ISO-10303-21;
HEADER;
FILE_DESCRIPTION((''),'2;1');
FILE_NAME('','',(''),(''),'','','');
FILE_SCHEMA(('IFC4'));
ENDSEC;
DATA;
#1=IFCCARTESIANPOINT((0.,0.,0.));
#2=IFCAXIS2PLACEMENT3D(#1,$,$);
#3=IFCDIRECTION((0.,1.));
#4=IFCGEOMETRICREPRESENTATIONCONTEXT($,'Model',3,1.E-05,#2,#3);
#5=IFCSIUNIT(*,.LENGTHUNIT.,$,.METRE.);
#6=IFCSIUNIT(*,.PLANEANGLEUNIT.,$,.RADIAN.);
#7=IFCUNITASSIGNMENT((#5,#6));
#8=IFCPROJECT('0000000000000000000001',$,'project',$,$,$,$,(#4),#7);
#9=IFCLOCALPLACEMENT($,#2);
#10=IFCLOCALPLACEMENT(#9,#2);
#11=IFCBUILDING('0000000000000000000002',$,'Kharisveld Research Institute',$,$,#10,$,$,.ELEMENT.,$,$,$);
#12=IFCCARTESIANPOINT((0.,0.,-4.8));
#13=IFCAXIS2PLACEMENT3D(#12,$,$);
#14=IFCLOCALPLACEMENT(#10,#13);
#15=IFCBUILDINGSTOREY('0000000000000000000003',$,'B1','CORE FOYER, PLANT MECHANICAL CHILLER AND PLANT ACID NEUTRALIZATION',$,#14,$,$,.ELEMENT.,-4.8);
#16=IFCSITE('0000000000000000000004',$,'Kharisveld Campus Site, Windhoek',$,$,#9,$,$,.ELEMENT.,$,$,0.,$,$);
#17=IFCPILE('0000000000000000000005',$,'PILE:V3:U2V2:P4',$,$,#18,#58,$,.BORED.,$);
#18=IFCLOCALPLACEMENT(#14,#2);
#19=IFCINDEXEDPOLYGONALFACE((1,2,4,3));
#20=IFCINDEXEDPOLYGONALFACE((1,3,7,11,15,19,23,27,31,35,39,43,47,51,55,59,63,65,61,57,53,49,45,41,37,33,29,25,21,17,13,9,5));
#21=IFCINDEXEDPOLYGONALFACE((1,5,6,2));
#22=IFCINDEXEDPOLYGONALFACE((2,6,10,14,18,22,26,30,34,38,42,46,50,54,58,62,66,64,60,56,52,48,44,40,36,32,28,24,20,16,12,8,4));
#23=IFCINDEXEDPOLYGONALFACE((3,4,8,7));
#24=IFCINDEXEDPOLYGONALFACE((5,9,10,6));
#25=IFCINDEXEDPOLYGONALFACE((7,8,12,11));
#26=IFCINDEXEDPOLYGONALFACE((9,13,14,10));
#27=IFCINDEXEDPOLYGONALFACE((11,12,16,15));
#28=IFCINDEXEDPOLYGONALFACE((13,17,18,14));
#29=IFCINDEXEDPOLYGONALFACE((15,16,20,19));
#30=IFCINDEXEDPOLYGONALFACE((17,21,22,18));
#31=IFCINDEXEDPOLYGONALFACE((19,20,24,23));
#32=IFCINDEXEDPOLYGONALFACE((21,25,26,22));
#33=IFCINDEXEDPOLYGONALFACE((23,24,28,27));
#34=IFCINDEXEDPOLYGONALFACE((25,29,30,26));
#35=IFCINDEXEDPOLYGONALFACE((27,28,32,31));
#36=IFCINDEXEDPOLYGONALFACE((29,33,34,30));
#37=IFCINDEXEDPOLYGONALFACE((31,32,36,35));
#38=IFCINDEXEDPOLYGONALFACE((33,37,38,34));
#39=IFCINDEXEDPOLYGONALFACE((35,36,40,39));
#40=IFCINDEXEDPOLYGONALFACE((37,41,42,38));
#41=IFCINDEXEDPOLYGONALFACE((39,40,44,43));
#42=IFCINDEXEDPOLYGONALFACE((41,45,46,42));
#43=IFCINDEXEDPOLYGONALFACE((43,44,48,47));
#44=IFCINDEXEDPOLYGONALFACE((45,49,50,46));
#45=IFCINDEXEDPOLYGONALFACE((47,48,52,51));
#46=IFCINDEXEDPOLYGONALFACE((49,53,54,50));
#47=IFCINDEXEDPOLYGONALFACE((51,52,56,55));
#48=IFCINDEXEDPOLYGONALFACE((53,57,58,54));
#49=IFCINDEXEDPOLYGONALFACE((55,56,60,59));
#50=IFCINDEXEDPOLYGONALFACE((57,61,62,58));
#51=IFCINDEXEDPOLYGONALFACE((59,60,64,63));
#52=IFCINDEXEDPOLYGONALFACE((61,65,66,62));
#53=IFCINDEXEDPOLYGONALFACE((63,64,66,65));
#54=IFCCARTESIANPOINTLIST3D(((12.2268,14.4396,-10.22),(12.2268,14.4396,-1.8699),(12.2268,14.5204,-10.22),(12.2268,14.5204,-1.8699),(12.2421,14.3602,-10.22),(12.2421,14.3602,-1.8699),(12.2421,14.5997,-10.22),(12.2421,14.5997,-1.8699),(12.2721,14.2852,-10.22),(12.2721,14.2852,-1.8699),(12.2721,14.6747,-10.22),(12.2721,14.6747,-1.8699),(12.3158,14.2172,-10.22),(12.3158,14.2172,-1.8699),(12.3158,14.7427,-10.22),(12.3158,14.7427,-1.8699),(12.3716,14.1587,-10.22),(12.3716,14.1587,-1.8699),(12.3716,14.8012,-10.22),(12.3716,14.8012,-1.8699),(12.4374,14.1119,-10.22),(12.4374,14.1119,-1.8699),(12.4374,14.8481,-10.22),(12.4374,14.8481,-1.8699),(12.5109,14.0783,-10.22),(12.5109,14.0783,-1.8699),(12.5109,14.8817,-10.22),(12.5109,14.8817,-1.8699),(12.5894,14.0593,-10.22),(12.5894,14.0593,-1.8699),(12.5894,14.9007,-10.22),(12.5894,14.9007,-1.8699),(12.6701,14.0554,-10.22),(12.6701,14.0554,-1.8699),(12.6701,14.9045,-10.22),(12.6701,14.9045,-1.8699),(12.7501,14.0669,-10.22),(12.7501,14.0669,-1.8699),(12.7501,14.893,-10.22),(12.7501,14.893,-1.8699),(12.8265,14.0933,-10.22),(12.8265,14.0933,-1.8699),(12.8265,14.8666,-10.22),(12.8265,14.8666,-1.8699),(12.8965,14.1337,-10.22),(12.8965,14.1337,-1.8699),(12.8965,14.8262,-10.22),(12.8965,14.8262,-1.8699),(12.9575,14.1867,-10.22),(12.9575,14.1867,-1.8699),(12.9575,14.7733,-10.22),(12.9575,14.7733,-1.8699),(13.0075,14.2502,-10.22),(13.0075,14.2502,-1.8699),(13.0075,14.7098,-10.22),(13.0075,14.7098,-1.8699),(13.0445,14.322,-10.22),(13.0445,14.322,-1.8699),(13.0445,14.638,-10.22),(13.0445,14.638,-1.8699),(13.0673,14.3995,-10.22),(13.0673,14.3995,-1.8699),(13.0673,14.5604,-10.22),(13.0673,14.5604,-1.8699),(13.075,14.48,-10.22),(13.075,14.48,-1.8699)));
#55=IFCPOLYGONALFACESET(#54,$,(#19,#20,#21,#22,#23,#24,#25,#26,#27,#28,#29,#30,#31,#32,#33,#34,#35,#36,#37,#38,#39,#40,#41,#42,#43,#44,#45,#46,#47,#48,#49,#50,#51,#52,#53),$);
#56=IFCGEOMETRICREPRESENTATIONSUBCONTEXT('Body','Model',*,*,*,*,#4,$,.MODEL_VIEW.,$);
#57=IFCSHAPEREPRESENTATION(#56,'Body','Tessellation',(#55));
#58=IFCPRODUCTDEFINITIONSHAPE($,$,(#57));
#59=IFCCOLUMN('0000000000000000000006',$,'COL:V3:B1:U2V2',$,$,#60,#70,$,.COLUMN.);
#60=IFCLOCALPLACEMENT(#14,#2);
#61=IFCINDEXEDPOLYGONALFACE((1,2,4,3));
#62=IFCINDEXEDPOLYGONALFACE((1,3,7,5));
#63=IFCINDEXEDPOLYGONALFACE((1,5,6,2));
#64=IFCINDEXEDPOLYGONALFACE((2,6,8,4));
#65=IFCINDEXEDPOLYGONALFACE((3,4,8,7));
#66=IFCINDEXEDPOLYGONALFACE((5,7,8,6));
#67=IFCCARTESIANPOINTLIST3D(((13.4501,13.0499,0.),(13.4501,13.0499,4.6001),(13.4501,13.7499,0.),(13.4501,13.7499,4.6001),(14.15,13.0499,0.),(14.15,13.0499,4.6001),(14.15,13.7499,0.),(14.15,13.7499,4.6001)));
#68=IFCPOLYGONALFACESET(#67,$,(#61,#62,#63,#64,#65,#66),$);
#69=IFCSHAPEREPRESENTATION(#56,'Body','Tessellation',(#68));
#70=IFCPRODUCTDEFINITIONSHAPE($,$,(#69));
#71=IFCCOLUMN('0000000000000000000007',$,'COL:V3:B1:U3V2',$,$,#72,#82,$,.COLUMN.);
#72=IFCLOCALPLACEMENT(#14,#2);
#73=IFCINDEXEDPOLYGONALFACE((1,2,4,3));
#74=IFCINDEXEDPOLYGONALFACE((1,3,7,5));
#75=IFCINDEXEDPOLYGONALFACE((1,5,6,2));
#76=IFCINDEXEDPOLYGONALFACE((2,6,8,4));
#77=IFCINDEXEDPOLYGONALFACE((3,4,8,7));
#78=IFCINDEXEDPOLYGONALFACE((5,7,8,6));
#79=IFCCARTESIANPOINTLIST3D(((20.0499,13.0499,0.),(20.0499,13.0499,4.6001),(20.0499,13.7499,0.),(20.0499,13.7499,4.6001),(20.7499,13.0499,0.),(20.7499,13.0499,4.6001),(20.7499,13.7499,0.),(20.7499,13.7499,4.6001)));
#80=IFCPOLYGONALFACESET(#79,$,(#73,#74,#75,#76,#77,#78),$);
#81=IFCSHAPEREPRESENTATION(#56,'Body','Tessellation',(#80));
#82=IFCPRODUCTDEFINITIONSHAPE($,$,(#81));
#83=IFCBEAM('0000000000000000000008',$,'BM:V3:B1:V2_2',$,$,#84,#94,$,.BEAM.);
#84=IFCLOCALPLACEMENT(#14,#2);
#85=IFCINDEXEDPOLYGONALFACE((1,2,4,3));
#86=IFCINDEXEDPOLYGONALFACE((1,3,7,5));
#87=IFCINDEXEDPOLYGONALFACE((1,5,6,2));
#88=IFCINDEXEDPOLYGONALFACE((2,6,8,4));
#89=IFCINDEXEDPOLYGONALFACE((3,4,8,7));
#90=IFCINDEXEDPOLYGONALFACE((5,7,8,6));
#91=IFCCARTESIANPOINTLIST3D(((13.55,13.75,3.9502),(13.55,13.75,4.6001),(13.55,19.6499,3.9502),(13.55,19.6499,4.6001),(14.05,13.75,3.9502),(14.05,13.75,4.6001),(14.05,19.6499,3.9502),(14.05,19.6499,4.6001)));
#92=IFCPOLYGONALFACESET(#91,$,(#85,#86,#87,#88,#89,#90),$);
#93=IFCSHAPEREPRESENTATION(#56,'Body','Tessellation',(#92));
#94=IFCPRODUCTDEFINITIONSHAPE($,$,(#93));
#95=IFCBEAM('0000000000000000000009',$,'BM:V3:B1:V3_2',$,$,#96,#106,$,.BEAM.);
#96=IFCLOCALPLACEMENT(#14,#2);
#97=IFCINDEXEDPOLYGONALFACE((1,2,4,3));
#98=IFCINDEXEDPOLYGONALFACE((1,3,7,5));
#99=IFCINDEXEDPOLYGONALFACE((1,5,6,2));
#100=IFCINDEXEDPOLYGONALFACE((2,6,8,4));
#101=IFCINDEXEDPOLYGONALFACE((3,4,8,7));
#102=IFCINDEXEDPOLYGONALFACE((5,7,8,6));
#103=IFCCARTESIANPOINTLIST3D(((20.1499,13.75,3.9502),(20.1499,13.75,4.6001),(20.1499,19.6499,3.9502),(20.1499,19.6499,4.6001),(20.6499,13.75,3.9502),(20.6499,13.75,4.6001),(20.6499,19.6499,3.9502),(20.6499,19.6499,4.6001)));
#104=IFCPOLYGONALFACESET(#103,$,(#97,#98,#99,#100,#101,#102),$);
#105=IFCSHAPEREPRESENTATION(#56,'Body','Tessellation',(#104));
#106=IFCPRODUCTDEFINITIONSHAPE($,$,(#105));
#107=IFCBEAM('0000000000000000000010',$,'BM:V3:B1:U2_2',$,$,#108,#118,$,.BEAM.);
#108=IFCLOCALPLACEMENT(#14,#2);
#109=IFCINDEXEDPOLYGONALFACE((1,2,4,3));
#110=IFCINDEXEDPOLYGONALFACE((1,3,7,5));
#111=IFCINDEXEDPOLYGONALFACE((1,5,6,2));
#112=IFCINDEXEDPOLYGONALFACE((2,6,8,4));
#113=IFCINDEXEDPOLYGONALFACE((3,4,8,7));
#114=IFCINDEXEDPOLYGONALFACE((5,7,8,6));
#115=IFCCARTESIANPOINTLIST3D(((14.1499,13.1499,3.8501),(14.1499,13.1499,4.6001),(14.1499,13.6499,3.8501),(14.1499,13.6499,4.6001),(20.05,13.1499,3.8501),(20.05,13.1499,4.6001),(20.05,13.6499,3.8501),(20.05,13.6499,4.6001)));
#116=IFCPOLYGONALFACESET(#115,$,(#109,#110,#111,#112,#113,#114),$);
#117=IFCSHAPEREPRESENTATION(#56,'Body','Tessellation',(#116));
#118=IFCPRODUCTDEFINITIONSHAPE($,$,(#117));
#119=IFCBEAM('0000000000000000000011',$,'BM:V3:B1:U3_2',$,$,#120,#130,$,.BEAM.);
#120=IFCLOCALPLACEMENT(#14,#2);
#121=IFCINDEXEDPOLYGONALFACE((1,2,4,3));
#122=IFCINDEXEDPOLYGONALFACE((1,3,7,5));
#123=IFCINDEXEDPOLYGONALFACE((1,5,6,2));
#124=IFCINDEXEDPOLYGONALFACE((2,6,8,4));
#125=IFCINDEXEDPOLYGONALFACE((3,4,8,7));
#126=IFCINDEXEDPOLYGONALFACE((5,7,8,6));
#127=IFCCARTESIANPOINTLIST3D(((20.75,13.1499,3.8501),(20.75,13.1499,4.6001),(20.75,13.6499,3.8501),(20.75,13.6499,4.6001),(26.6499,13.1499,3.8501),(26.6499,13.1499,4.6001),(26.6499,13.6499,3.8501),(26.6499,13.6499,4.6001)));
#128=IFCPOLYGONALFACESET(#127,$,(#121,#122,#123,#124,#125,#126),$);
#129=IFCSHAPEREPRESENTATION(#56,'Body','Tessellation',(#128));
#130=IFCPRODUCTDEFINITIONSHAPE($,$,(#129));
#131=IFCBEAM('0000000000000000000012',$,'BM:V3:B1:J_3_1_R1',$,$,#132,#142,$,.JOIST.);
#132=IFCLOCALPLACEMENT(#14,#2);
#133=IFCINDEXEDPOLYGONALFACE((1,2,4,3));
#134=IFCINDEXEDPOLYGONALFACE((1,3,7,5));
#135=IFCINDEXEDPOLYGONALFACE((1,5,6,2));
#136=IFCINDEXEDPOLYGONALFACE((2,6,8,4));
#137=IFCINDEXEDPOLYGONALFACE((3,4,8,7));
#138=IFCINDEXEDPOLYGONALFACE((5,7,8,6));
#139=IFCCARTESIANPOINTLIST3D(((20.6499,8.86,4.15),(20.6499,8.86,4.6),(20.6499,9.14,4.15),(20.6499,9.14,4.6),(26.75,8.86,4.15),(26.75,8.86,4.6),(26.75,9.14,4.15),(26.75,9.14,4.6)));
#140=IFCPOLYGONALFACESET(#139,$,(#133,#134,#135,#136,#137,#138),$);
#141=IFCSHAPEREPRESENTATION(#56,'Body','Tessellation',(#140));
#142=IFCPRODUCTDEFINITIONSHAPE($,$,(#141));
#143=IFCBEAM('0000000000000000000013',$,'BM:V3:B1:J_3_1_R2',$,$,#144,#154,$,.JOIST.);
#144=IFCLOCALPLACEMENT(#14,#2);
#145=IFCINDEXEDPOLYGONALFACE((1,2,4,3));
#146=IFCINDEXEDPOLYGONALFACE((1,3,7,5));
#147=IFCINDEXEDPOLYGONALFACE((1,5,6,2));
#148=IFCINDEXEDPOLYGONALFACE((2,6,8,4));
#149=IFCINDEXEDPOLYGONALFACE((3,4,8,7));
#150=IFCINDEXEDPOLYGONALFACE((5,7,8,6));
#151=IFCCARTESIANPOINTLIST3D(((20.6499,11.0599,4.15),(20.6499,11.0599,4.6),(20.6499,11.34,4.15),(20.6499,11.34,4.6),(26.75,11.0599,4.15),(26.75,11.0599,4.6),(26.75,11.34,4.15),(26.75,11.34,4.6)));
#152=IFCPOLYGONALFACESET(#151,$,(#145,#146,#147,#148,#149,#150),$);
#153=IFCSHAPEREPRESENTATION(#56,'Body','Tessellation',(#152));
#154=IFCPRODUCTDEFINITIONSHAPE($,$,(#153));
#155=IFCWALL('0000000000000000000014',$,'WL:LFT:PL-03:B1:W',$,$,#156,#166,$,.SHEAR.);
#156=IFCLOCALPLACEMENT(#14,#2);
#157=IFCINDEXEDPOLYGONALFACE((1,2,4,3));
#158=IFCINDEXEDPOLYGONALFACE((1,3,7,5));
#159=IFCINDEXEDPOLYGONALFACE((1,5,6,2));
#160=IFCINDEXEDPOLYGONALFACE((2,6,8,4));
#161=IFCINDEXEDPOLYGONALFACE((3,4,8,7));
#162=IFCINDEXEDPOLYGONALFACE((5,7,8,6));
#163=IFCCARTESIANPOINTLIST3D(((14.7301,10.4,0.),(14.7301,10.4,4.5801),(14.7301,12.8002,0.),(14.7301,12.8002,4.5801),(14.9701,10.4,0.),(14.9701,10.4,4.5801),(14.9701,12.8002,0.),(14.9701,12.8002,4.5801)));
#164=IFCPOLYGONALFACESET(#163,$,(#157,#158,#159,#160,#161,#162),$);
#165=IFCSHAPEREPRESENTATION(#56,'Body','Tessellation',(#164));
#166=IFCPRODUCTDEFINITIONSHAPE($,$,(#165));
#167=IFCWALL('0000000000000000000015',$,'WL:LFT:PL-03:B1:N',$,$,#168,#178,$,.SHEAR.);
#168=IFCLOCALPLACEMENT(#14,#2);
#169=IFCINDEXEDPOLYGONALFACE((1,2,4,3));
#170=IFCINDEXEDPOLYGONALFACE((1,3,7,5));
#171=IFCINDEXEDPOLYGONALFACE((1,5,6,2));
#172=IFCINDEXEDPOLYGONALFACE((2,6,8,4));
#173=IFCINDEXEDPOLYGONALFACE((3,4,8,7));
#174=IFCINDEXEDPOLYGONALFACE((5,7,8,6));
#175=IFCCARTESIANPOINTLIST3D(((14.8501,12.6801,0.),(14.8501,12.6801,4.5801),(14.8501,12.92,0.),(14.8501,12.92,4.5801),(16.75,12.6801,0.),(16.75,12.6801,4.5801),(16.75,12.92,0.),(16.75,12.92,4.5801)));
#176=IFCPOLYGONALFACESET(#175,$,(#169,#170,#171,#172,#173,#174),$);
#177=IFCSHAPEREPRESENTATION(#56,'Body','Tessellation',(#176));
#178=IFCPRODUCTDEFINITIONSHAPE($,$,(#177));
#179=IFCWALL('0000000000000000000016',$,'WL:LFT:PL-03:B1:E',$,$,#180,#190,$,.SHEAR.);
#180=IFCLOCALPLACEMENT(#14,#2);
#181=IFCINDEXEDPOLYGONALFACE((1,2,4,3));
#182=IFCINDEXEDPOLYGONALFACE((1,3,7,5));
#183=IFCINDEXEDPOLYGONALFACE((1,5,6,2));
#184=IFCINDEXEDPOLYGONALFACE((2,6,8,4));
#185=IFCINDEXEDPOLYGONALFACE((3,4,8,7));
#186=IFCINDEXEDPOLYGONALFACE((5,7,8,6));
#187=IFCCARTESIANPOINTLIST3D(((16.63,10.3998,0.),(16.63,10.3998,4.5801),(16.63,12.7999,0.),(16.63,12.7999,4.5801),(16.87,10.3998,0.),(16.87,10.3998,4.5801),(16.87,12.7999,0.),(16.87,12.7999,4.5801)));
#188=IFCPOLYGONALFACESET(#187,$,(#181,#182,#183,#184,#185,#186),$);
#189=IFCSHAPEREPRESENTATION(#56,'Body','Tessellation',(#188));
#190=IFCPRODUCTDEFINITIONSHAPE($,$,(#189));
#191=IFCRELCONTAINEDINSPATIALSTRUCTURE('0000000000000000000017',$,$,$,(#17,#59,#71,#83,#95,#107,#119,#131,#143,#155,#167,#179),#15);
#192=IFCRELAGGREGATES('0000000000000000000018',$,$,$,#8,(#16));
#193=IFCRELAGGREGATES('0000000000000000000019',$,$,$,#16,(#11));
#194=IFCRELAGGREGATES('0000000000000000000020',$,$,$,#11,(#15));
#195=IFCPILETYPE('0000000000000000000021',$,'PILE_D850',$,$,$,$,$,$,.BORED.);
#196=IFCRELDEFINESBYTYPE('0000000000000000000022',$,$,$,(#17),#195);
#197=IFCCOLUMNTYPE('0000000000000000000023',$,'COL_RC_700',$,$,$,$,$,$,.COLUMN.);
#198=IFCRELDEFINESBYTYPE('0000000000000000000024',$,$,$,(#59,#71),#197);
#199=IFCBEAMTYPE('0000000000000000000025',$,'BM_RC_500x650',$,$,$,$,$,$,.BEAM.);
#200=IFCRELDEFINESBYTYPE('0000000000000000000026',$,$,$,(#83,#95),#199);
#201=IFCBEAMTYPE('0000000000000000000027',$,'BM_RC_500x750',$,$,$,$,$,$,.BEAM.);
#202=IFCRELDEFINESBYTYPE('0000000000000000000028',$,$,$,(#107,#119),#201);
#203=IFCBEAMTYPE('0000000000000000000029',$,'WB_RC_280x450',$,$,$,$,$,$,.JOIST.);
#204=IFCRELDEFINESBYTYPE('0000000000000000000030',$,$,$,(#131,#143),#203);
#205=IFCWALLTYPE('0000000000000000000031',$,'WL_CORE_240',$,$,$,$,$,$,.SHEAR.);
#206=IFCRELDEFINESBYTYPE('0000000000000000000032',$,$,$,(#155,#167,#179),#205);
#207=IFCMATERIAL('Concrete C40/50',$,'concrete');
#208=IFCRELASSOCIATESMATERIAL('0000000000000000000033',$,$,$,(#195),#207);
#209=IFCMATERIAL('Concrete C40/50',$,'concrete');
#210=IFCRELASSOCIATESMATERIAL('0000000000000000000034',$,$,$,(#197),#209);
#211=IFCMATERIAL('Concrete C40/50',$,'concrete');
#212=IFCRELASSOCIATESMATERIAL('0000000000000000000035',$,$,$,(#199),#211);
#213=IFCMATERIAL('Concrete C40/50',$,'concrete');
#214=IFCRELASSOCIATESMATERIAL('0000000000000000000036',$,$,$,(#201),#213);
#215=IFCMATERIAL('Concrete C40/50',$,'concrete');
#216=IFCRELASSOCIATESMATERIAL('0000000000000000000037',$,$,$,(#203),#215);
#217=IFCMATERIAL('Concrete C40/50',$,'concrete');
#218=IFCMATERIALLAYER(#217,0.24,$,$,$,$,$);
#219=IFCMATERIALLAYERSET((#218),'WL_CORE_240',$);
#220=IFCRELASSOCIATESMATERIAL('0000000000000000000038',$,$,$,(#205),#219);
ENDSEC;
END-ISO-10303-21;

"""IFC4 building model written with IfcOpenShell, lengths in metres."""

from ifc_helpers import new_model, si_unit, direction, frame, frame_2d, origin, origin_2d, place, context, subcontext, project, spatial, rectangle, circle, extrude, material, layer, layer_set, material_profile, profile_set, type_object, element, save


model = new_model("IFC4")

# Units and contexts
model_context = context("Model", 3, precision=1e-05, world=origin(), true_north=direction((0.0, 1.0)))
body_context = subcontext(model_context, "Body", "Model", "MODEL_VIEW")
ifc_project = project(units=[si_unit("LENGTHUNIT", "METRE"), si_unit("PLANEANGLEUNIT", "RADIAN")], contexts=[model_context])

# Site, building, storey
site_placement = place(None, origin())
site = spatial("IfcSite", under=ifc_project, at=site_placement, Name="Kharisveld Campus Site, Windhoek", CompositionType="ELEMENT", RefElevation=0.0)
building_placement = place(site_placement, origin())
building = spatial("IfcBuilding", under=site, at=building_placement, Name="Kharisveld Research Institute", CompositionType="ELEMENT")
storey_placement = place(building_placement, frame((0.0, 0.0, -4.8)))
storey = spatial("IfcBuildingStorey", under=building, at=storey_placement, Name="B1", Description="CORE FOYER, PLANT MECHANICAL CHILLER AND PLANT ACID NEUTRALIZATION", CompositionType="ELEMENT", Elevation=-4.8)

# Pile
ifc_material_1 = material(Name="Concrete C40/50", Category="concrete")
ifc_material_profile_1 = material_profile(ifc_material_1, circle(Radius=0.425, at=origin_2d()))
ifc_profile_set_1 = profile_set([ifc_material_profile_1], Name="Concrete C40/50")
pile_type_1 = type_object("IfcPileType", Name="PILE_D850", PredefinedType="BORED", material=ifc_profile_set_1)
for number, where, z_axis, x_axis, name in (
    (1, (12.6499, 14.48, -1.8699), (0.0, 0.0, -1.0), (1.0, 0.0, 0.0), "PILE:V3:U2V2:P4"),
):
    element("IfcPile", number, at=place(storey_placement, frame(where, z_axis=z_axis, x_axis=x_axis)), inside=storey, type_object=pile_type_1, Name=name, PredefinedType="BORED", context=body_context, shape_type="SweptSolid", body=[
        extrude(circle(Radius=0.425, at=origin_2d()), origin(), (0.0, 0.0, 1.0), 8.3501),
    ])

# Columns
ifc_material_2 = material(Name="Concrete C40/50", Category="concrete")
ifc_material_profile_2 = material_profile(ifc_material_2, rectangle(XDim=0.7, YDim=0.7, at=origin_2d()))
ifc_profile_set_2 = profile_set([ifc_material_profile_2], Name="Concrete C40/50")
column_type = type_object("IfcColumnType", Name="COL_RC_700", PredefinedType="COLUMN", material=ifc_profile_set_2)
for number, where, z_axis, x_axis, name in (
    (2, (13.8, 13.3999, 0.0), (0.0, 0.0, 1.0), (1.0, 0.0, 0.0), "COL:V3:B1:U2V2"),
    (3, (20.3999, 13.3999, 0.0), (0.0, 0.0, 1.0), (1.0, 0.0, 0.0), "COL:V3:B1:U3V2"),
):
    element("IfcColumn", number, at=place(storey_placement, frame(where, z_axis=z_axis, x_axis=x_axis)), inside=storey, type_object=column_type, Name=name, PredefinedType="COLUMN", context=body_context, shape_type="SweptSolid", body=[
        extrude(rectangle(XDim=0.7, YDim=0.7, at=origin_2d()), origin(), (0.0, 0.0, 1.0), 4.6001),
    ])

# Beams
ifc_material_3 = material(Name="Concrete C40/50", Category="concrete")
ifc_material_profile_3 = material_profile(ifc_material_3, rectangle(XDim=0.5, YDim=0.6499, at=origin_2d()))
ifc_profile_set_3 = profile_set([ifc_material_profile_3], Name="Concrete C40/50")
beam_type_1 = type_object("IfcBeamType", Name="BM_RC_500x650", PredefinedType="BEAM", material=ifc_profile_set_3)
for number, where, z_axis, x_axis, name in (
    (4, (13.8, 13.75, 4.2751), (0.0, 1.0, 0.0), (-1.0, 0.0, 0.0), "BM:V3:B1:V2_2"),
    (5, (20.3999, 13.75, 4.2751), (0.0, 1.0, 0.0), (-1.0, 0.0, 0.0), "BM:V3:B1:V3_2"),
):
    element("IfcBeam", number, at=place(storey_placement, frame(where, z_axis=z_axis, x_axis=x_axis)), inside=storey, type_object=beam_type_1, Name=name, PredefinedType="BEAM", context=body_context, shape_type="SweptSolid", body=[
        extrude(rectangle(XDim=0.5, YDim=0.6499, at=origin_2d()), origin(), (0.0, 0.0, 1.0), 5.8999),
    ])
ifc_material_4 = material(Name="Concrete C40/50", Category="concrete")
ifc_material_profile_4 = material_profile(ifc_material_4, rectangle(XDim=0.5, YDim=0.75, at=origin_2d()))
ifc_profile_set_4 = profile_set([ifc_material_profile_4], Name="Concrete C40/50")
beam_type_2 = type_object("IfcBeamType", Name="BM_RC_500x750", PredefinedType="BEAM", material=ifc_profile_set_4)
beam_1_placement = place(storey_placement, frame((14.1499, 13.3999, 4.2251), z_axis=(1.0, 0.0, 0.0), x_axis=(0.0, 1.0, 0.0)))
element("IfcBeam", 6, at=beam_1_placement, inside=storey, type_object=beam_type_2, Name="BM:V3:B1:U2_2", PredefinedType="BEAM", context=body_context, shape_type="SweptSolid", body=[
    extrude(rectangle(XDim=0.5, YDim=0.75, at=origin_2d()), origin(), (0.0, 0.0, 1.0), 5.9001),
])
beam_2_placement = place(storey_placement, frame((20.75, 13.3999, 4.2251), z_axis=(1.0, 0.0, 0.0), x_axis=(0.0, 1.0, 0.0)))
element("IfcBeam", 7, at=beam_2_placement, inside=storey, type_object=beam_type_2, Name="BM:V3:B1:U3_2", PredefinedType="BEAM", context=body_context, shape_type="SweptSolid", body=[
    extrude(rectangle(XDim=0.5, YDim=0.75, at=origin_2d()), origin(), (0.0, 0.0, 1.0), 5.8999),
])
ifc_material_5 = material(Name="Concrete C40/50", Category="concrete")
ifc_material_profile_5 = material_profile(ifc_material_5, rectangle(XDim=0.28, YDim=0.45, at=origin_2d()))
ifc_profile_set_5 = profile_set([ifc_material_profile_5], Name="Concrete C40/50")
beam_type_3 = type_object("IfcBeamType", Name="WB_RC_280x450", PredefinedType="JOIST", material=ifc_profile_set_5)
for number, where, z_axis, x_axis, name in (
    (8, (20.6499, 9.0, 4.375), (1.0, 0.0, 0.0), (0.0, 1.0, 0.0), "BM:V3:B1:J_3_1_R1"),
    (9, (20.6499, 11.2, 4.375), (1.0, 0.0, 0.0), (0.0, 1.0, 0.0), "BM:V3:B1:J_3_1_R2"),
):
    element("IfcBeam", number, at=place(storey_placement, frame(where, z_axis=z_axis, x_axis=x_axis)), inside=storey, type_object=beam_type_3, Name=name, PredefinedType="JOIST", context=body_context, shape_type="SweptSolid", body=[
        extrude(rectangle(XDim=0.28, YDim=0.45, at=origin_2d()), origin(), (0.0, 0.0, 1.0), 6.1001),
    ])

# Walls
ifc_material_6 = material(Name="Concrete C40/50", Category="concrete")
ifc_layer_1 = layer(ifc_material_6, 0.24)
ifc_layer_set_1 = layer_set([ifc_layer_1], Name="WL_CORE_240")
wall_type_1 = type_object("IfcWallType", Name="WL_CORE_240", PredefinedType="SHEAR", material=ifc_layer_set_1)
wall_1_placement = place(storey_placement, frame((14.8501, 10.3999, 0.0), z_axis=(0.0, 0.0, 1.0), x_axis=(0.0, 1.0, 0.0)))
element("IfcWall", 10, at=wall_1_placement, inside=storey, type_object=wall_type_1, Name="WL:LFT:PL-03:B1:W", PredefinedType="SHEAR", context=body_context, shape_type="SweptSolid", body=[
    extrude(rectangle(XDim=2.4001, YDim=0.24, at=frame_2d((1.2002, 0.0))), origin(), (0.0, 0.0, 1.0), 4.5801),
])
wall_2_placement = place(storey_placement, frame((14.8501, 12.8, 0.0), z_axis=(0.0, 0.0, 1.0), x_axis=(1.0, 0.0, 0.0)))
element("IfcWall", 11, at=wall_2_placement, inside=storey, type_object=wall_type_1, Name="WL:LFT:PL-03:B1:N", PredefinedType="SHEAR", context=body_context, shape_type="SweptSolid", body=[
    extrude(rectangle(XDim=1.8999, YDim=0.24, at=frame_2d((0.95, 0.0))), origin(), (0.0, 0.0, 1.0), 4.5801),
])
wall_3_placement = place(storey_placement, frame((16.75, 12.8, 0.0), z_axis=(0.0, 0.0, 1.0), x_axis=(0.0, -1.0, 0.0)))
element("IfcWall", 12, at=wall_3_placement, inside=storey, type_object=wall_type_1, Name="WL:LFT:PL-03:B1:E", PredefinedType="SHEAR", context=body_context, shape_type="SweptSolid", body=[
    extrude(rectangle(XDim=2.4001, YDim=0.24, at=frame_2d((1.2002, 0.0))), origin(), (0.0, 0.0, 1.0), 4.5801),
])

save(model, "model.ifc")
